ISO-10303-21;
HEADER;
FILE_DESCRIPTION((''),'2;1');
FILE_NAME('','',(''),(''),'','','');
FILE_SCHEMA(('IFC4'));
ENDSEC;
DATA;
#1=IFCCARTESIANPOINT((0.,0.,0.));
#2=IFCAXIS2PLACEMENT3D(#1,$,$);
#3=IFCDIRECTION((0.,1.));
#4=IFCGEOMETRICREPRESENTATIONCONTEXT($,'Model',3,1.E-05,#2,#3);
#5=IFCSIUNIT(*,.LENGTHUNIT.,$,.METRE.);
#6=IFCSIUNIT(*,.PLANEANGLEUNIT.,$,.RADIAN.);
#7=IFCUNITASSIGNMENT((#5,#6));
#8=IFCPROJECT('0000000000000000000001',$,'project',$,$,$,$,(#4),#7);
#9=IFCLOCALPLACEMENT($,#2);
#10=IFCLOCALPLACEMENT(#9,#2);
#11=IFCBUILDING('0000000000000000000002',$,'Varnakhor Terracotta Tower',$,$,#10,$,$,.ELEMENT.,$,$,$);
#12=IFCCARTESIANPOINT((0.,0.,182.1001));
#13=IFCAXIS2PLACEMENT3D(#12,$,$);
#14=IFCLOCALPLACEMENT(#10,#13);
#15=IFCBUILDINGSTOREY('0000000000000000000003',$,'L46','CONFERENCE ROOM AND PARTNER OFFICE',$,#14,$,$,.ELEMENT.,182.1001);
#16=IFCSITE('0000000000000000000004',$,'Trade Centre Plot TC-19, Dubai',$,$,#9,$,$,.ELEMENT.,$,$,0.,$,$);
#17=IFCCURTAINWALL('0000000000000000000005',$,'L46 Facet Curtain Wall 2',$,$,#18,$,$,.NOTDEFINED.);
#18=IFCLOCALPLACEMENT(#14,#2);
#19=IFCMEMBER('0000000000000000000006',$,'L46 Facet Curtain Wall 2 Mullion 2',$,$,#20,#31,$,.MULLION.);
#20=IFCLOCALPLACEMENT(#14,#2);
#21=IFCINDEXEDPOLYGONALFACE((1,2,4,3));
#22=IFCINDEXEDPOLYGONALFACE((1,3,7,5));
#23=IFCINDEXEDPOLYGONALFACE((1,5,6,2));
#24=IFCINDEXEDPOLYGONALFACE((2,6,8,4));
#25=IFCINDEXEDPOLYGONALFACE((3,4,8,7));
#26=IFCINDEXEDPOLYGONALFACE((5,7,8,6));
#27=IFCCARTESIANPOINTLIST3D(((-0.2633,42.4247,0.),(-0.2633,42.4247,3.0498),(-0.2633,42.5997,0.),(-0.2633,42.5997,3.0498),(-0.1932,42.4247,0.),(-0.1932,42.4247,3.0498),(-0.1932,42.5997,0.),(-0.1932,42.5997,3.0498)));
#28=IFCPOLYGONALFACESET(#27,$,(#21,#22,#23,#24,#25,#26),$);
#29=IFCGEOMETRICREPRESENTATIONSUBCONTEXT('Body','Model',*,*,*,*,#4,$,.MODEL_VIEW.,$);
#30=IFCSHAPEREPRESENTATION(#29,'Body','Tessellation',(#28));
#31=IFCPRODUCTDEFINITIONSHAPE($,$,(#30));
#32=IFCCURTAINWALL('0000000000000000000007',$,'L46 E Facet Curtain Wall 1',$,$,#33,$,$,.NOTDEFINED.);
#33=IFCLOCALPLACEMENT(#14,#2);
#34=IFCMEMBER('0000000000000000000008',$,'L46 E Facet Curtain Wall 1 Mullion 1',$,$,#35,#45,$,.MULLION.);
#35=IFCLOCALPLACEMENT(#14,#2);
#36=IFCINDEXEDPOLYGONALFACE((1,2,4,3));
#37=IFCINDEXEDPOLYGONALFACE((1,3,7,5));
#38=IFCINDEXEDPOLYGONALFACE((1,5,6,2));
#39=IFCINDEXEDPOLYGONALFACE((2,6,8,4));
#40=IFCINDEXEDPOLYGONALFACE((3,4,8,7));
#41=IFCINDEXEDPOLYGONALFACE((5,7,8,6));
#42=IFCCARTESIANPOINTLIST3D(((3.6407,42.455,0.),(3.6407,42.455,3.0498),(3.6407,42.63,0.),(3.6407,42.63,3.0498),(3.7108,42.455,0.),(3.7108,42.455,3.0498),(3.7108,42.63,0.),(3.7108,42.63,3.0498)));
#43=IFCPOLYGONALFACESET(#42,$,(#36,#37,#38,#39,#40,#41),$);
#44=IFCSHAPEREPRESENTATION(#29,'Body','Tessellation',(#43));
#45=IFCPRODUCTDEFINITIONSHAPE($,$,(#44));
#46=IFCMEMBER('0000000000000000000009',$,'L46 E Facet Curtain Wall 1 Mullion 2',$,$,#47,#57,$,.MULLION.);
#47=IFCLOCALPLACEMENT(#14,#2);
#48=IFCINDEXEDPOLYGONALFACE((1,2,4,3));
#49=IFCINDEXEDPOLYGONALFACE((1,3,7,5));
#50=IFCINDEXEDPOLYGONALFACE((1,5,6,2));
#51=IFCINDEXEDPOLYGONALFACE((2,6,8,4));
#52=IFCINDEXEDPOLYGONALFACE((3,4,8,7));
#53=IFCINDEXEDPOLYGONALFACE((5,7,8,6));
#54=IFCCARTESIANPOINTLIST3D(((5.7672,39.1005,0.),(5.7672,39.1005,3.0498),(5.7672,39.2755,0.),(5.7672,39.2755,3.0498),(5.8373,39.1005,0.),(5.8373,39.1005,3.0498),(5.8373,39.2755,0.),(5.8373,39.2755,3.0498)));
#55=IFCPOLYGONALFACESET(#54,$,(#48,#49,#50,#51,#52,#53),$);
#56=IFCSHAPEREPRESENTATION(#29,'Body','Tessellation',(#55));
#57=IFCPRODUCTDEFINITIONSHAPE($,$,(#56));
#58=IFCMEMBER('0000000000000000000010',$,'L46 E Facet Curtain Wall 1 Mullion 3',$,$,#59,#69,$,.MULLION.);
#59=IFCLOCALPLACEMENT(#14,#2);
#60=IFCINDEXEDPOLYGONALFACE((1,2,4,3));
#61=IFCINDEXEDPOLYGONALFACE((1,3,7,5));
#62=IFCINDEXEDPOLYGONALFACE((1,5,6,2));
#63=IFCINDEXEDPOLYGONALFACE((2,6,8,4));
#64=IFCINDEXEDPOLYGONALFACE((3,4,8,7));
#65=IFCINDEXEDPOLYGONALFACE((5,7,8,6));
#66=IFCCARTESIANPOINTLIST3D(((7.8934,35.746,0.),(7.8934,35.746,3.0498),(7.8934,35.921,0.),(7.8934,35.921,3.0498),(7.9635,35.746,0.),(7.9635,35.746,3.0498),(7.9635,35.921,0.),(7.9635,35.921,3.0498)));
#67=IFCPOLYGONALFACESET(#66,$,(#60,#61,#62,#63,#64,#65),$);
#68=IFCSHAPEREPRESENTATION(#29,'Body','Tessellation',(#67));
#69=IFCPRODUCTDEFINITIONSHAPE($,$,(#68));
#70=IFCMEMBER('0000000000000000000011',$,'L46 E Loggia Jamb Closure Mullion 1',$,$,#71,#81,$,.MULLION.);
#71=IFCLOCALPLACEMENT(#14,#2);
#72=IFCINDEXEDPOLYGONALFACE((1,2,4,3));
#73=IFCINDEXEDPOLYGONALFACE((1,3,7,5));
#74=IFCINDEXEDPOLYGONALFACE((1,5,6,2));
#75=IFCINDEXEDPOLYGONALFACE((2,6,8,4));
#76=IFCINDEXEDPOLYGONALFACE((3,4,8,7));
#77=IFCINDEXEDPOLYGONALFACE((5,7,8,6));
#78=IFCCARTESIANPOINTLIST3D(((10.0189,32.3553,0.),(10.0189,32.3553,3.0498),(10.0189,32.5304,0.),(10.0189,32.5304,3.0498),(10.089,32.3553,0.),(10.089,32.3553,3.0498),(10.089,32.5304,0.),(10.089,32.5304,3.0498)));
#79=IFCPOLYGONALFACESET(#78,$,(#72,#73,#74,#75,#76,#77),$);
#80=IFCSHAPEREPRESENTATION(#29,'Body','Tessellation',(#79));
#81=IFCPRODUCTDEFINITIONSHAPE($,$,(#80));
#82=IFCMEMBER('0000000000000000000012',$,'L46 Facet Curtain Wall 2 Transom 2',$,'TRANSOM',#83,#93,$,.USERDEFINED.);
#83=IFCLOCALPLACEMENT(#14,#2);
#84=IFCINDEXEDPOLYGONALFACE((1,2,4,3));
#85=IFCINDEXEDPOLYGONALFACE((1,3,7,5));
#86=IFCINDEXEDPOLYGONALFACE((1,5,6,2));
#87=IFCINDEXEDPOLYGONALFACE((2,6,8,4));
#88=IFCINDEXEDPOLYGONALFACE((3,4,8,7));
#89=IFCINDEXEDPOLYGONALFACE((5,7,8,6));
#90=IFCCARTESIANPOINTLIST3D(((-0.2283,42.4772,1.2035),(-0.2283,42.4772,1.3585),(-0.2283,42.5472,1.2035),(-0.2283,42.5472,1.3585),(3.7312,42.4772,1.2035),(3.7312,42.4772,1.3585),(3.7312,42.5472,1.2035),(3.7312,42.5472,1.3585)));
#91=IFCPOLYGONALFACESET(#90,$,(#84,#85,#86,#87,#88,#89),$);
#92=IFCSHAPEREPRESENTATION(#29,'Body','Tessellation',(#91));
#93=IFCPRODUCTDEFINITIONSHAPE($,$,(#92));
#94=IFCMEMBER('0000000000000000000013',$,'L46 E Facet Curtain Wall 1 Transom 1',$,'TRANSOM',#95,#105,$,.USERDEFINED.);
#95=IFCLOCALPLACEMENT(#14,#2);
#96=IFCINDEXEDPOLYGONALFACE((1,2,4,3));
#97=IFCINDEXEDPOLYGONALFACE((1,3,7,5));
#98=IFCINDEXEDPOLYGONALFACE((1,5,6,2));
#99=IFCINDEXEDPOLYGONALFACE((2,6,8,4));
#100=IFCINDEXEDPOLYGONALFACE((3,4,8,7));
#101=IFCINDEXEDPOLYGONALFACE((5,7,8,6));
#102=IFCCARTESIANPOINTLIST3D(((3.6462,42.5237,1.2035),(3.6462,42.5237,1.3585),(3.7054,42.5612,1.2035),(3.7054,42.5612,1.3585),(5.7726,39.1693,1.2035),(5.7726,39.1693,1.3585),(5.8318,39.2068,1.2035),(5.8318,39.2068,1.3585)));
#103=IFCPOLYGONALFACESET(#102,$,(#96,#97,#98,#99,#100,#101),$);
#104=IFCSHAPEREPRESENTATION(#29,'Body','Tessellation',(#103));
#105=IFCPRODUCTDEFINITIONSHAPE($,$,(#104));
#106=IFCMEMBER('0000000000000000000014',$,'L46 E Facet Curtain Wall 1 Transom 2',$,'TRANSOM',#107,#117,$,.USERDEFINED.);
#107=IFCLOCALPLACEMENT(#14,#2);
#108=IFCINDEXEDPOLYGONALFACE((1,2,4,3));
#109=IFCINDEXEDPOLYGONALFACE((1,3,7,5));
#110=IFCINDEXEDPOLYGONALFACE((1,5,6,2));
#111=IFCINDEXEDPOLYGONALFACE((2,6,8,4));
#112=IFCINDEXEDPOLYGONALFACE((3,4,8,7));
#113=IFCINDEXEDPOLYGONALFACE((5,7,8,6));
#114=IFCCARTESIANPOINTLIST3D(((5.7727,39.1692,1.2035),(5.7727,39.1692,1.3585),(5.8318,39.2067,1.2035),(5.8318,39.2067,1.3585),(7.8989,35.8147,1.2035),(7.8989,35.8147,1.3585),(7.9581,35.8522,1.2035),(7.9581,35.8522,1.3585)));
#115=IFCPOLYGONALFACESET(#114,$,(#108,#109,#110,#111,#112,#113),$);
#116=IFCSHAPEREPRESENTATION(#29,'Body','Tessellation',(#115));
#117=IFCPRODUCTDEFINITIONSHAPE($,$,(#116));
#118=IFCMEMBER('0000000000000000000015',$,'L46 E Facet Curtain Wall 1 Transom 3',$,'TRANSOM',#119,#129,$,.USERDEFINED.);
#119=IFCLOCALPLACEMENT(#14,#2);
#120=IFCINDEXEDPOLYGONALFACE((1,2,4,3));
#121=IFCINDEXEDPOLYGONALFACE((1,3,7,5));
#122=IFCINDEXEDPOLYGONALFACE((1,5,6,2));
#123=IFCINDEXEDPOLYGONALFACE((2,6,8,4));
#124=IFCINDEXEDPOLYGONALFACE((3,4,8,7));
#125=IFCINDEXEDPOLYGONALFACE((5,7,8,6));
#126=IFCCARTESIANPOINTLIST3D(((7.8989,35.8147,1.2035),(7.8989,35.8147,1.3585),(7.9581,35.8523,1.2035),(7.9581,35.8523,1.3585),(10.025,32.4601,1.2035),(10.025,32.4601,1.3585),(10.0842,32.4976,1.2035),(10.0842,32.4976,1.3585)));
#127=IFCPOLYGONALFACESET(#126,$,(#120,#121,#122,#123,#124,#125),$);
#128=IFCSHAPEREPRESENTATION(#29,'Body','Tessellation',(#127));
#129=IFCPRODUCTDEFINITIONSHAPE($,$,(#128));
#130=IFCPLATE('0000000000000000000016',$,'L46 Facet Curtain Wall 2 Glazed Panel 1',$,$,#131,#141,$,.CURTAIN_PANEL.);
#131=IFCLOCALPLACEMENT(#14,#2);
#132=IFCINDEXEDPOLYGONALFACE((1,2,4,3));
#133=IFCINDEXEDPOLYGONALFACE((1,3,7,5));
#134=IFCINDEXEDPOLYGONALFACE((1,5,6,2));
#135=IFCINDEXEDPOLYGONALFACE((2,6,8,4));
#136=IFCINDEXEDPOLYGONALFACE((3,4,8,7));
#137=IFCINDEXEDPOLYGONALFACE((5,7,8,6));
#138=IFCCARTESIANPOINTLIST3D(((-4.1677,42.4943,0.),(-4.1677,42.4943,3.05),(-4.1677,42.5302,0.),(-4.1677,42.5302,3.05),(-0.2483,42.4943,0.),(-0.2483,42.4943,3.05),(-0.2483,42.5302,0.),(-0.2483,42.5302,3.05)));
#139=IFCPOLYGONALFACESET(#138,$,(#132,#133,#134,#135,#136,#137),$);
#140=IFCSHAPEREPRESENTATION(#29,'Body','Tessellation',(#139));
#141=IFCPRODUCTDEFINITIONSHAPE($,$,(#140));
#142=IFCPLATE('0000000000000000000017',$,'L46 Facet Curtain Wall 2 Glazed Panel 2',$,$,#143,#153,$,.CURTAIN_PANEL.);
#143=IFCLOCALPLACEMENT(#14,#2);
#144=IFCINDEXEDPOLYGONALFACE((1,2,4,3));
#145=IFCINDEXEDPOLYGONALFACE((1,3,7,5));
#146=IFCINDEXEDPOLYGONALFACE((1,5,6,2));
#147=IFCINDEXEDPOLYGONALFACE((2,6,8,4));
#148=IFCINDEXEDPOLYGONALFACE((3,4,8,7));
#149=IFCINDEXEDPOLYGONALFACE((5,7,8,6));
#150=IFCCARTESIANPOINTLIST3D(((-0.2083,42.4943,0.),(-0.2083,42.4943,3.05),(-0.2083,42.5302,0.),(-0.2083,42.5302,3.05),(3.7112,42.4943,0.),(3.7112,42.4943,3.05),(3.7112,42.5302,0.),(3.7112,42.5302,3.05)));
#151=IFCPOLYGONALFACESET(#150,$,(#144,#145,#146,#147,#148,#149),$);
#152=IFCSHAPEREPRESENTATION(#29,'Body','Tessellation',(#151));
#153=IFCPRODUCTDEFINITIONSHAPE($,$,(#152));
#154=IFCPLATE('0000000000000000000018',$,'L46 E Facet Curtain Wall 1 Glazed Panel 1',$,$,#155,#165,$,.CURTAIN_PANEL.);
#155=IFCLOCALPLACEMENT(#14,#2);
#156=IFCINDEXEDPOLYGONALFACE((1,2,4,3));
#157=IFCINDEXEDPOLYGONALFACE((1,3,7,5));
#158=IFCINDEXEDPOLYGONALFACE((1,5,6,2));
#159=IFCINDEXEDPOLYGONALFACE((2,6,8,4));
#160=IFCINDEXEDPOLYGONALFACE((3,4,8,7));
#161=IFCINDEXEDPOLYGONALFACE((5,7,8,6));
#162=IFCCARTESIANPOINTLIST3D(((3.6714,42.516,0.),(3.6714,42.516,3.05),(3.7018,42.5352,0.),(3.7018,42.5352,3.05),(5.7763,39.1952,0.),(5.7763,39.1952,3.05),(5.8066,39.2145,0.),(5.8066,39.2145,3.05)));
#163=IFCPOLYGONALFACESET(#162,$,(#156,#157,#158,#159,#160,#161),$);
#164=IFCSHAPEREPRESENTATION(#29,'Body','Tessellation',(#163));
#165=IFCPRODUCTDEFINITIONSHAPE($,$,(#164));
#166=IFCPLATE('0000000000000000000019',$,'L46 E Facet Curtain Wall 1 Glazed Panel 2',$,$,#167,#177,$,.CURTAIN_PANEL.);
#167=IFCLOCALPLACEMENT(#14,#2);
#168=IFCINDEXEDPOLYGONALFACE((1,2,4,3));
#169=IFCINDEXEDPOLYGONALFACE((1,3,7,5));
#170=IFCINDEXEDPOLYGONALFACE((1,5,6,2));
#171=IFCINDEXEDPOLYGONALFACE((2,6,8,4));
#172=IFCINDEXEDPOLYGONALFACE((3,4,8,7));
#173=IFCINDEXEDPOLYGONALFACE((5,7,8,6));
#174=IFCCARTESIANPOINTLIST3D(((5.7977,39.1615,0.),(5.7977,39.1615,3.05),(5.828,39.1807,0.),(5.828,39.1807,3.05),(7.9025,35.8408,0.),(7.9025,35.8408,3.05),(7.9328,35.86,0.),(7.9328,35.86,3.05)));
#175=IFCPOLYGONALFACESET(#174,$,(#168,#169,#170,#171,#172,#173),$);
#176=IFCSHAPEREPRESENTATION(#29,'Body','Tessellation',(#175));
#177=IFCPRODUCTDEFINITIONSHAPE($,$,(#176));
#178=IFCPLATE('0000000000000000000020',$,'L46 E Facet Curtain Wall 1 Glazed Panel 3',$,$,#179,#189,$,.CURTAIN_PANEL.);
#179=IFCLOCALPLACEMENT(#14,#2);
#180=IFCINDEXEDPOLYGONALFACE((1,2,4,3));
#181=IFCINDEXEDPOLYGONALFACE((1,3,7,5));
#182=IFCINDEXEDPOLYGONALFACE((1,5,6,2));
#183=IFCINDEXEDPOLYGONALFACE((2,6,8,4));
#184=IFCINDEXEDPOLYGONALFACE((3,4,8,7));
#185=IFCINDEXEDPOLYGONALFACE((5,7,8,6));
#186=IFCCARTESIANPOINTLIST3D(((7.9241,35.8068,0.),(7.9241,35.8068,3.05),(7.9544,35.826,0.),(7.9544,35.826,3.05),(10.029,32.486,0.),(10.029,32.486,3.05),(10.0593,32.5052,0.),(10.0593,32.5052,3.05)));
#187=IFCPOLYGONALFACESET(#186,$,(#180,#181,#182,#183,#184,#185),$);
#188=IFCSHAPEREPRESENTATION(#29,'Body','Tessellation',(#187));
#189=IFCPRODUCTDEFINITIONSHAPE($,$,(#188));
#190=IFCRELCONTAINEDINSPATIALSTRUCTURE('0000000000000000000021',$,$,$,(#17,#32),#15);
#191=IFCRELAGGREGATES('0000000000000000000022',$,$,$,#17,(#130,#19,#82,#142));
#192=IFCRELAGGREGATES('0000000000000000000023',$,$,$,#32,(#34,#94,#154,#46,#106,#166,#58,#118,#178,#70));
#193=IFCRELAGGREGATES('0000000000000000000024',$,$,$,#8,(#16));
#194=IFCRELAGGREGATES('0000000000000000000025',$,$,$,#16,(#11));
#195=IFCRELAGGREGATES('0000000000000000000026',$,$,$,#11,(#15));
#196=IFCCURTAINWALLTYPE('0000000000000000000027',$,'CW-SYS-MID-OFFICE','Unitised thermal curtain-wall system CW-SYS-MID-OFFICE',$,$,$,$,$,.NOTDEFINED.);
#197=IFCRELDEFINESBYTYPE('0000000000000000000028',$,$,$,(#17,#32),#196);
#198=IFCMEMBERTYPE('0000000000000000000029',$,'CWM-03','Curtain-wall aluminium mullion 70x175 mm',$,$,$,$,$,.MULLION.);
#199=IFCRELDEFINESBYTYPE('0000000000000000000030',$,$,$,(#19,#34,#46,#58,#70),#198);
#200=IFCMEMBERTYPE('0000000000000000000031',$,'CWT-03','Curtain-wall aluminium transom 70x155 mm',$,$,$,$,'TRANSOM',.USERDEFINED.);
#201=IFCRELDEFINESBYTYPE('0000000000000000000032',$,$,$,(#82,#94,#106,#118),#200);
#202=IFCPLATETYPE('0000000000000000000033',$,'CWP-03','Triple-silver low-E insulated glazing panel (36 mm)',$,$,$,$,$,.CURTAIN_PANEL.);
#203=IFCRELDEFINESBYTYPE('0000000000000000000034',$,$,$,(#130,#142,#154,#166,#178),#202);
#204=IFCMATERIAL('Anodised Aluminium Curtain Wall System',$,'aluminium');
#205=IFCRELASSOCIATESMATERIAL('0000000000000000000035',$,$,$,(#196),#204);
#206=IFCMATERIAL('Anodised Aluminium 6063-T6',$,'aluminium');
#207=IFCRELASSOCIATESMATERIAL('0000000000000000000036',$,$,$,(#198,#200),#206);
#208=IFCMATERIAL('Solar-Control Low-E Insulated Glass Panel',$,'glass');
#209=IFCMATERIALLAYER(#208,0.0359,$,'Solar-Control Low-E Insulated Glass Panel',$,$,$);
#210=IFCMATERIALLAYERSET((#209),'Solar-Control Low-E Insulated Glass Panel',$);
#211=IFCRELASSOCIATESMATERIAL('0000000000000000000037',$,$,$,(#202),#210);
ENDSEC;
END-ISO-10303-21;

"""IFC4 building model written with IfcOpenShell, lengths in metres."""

from ifc_helpers import new_model, si_unit, direction, frame, origin, origin_2d, place, context, subcontext, project, spatial, rectangle, extrude, source, transform, mapped, material, layer, layer_set, material_profile, profile_set, type_object, type_shapes, element, aggregate, save


model = new_model("IFC4")

# Units and contexts
model_context = context("Model", 3, precision=1e-05, world=origin(), true_north=direction((0.0, 1.0)))
body_context = subcontext(model_context, "Body", "Model", "MODEL_VIEW")
ifc_project = project(units=[si_unit("LENGTHUNIT", "METRE"), si_unit("PLANEANGLEUNIT", "RADIAN")], contexts=[model_context])

# Site, building, storey
site_placement = place(None, origin())
site = spatial("IfcSite", under=ifc_project, at=site_placement, Name="Trade Centre Plot TC-19, Dubai", CompositionType="ELEMENT", RefElevation=0.0)
building_placement = place(site_placement, origin())
building = spatial("IfcBuilding", under=site, at=building_placement, Name="Varnakhor Terracotta Tower", CompositionType="ELEMENT")
storey_placement = place(building_placement, frame((0.0, 0.0, 182.1001)))
storey = spatial("IfcBuildingStorey", under=building, at=storey_placement, Name="L46", Description="CONFERENCE ROOM AND PARTNER OFFICE", CompositionType="ELEMENT", Elevation=182.1001)

# Curtain wall, member
ifc_material_1 = material(Name="Anodised Aluminium Curtain Wall System", Category="aluminium")
curtain_wall_type = type_object("IfcCurtainWallType", Name="CW-SYS-MID-OFFICE", Description="Unitised thermal curtain-wall system CW-SYS-MID-OFFICE", PredefinedType="NOTDEFINED", material=ifc_material_1)
curtain_wall_1_placement = place(storey_placement, origin())
curtain_wall_1 = element("IfcCurtainWall", 1, at=curtain_wall_1_placement, inside=storey, type_object=curtain_wall_type, Name="L46 Facet Curtain Wall 2", PredefinedType="NOTDEFINED")
ifc_material_2 = material(Name="Anodised Aluminium 6063-T6", Category="aluminium")
ifc_material_profile_1 = material_profile(ifc_material_2, rectangle(XDim=0.0701, YDim=0.175, at=origin_2d()), Name="ALU MULLION 70x175")
ifc_profile_set_1 = profile_set([ifc_material_profile_1], Name="Anodised Aluminium 6063-T6")
member_type_1 = type_object("IfcMemberType", Name="CWM-03", Description="Curtain-wall aluminium mullion 70x175 mm", PredefinedType="MULLION", material=ifc_profile_set_1)
shared_shape_1 = source(origin(), body_context, "Body", "SweptSolid", [
    extrude(rectangle(XDim=0.0701, YDim=0.175, at=origin_2d()), origin(), (0.0, 0.0, 1.0), 3.0498),
])
type_shapes(member_type_1, [shared_shape_1])
member_1_placement = place(storey_placement, frame((-0.2283, 42.5122, 0.0), z_axis=(0.0, 0.0, 1.0), x_axis=(1.0, 0.0, 0.0)))
member_1 = element("IfcMember", 2, at=member_1_placement, type_object=member_type_1, Name="L46 Facet Curtain Wall 2 Mullion 2", PredefinedType="MULLION", context=body_context, shape_type="MappedRepresentation", body=[
    mapped(shared_shape_1, transform((0.0, 0.0, 0.0), scale=1.0)),
])

# Curtain wall, members
curtain_wall_2_placement = place(storey_placement, origin())
curtain_wall_2 = element("IfcCurtainWall", 3, at=curtain_wall_2_placement, inside=storey, type_object=curtain_wall_type, Name="L46 E Facet Curtain Wall 1", PredefinedType="NOTDEFINED")
member_2_placement = place(storey_placement, frame((3.6758, 42.5425, 0.0), z_axis=(0.0, 0.0, 1.0), x_axis=(1.0, 0.0, 0.0)))
member_2 = element("IfcMember", 4, at=member_2_placement, type_object=member_type_1, Name="L46 E Facet Curtain Wall 1 Mullion 1", PredefinedType="MULLION", context=body_context, shape_type="MappedRepresentation", body=[
    mapped(shared_shape_1, transform((0.0, 0.0, 0.0), scale=1.0)),
])
member_3_placement = place(storey_placement, frame((5.8022, 39.188, 0.0), z_axis=(0.0, 0.0, 1.0), x_axis=(1.0, 0.0, 0.0)))
member_3 = element("IfcMember", 5, at=member_3_placement, type_object=member_type_1, Name="L46 E Facet Curtain Wall 1 Mullion 2", PredefinedType="MULLION", context=body_context, shape_type="MappedRepresentation", body=[
    mapped(shared_shape_1, transform((0.0, 0.0, 0.0), scale=1.0)),
])
member_4_placement = place(storey_placement, frame((7.9285, 35.8335, 0.0), z_axis=(0.0, 0.0, 1.0), x_axis=(1.0, 0.0, 0.0)))
member_4 = element("IfcMember", 6, at=member_4_placement, type_object=member_type_1, Name="L46 E Facet Curtain Wall 1 Mullion 3", PredefinedType="MULLION", context=body_context, shape_type="MappedRepresentation", body=[
    mapped(shared_shape_1, transform((0.0, 0.0, 0.0), scale=1.0)),
])
member_5_placement = place(storey_placement, frame((10.054, 32.4429, 0.0), z_axis=(0.0, 0.0, 1.0), x_axis=(1.0, 0.0, 0.0)))
member_5 = element("IfcMember", 7, at=member_5_placement, type_object=member_type_1, Name="L46 E Loggia Jamb Closure Mullion 1", PredefinedType="MULLION", context=body_context, shape_type="MappedRepresentation", body=[
    mapped(shared_shape_1, transform((0.0, 0.0, 0.0), scale=1.0)),
])

# Members
ifc_material_profile_2 = material_profile(ifc_material_2, rectangle(XDim=0.0701, YDim=0.155, at=origin_2d()), Name="ALU TRANSOM 70x155")
ifc_profile_set_2 = profile_set([ifc_material_profile_2], Name="Anodised Aluminium 6063-T6")
member_type_2 = type_object("IfcMemberType", Name="CWT-03", Description="Curtain-wall aluminium transom 70x155 mm", ElementType="TRANSOM", PredefinedType="USERDEFINED", material=ifc_profile_set_2)
shared_shape_2 = source(origin(), body_context, "Body", "SweptSolid", [
    extrude(rectangle(XDim=0.0701, YDim=0.155, at=origin_2d()), origin(), (0.0, 0.0, 1.0), 3.9595),
])
member_6_placement = place(storey_placement, frame((-0.2283, 42.5122, 1.281), z_axis=(1.0, 0.0, 0.0), x_axis=(0.0, 1.0, 0.0)))
member_6 = element("IfcMember", 8, at=member_6_placement, type_object=member_type_2, Name="L46 Facet Curtain Wall 2 Transom 2", ObjectType="TRANSOM", PredefinedType="USERDEFINED", context=body_context, shape_type="MappedRepresentation", body=[
    mapped(shared_shape_2, transform((0.0, 0.0, 0.0), scale=1.0)),
])
shared_shape_3 = source(origin(), body_context, "Body", "SweptSolid", [
    extrude(rectangle(XDim=0.0701, YDim=0.155, at=origin_2d()), origin(), (0.0, 0.0, 1.0), 3.9717),
])
member_7_placement = place(storey_placement, frame((3.6758, 42.5425, 1.281), z_axis=(0.535403, -0.844597, 0.0), x_axis=(0.844597, 0.535403, 0.0)))
member_7 = element("IfcMember", 9, at=member_7_placement, type_object=member_type_2, Name="L46 E Facet Curtain Wall 1 Transom 1", ObjectType="TRANSOM", PredefinedType="USERDEFINED", context=body_context, shape_type="MappedRepresentation", body=[
    mapped(shared_shape_3, transform((0.0, 0.0, 0.0), scale=1.0)),
])
member_8_placement = place(storey_placement, frame((5.8022, 39.188, 1.281), z_axis=(0.535359, -0.844625, 0.0), x_axis=(0.844625, 0.535359, 0.0)))
member_8 = element("IfcMember", 10, at=member_8_placement, type_object=member_type_2, Name="L46 E Facet Curtain Wall 1 Transom 2", ObjectType="TRANSOM", PredefinedType="USERDEFINED", context=body_context, shape_type="MappedRepresentation", body=[
    mapped(shared_shape_3, transform((0.0, 0.0, 0.0), scale=1.0)),
])
member_9_placement = place(storey_placement, frame((7.9285, 35.8335, 1.281), z_axis=(0.535331, -0.844642, 0.0), x_axis=(0.844642, 0.535331, 0.0)))
member_9 = element("IfcMember", 11, at=member_9_placement, type_object=member_type_2, Name="L46 E Facet Curtain Wall 1 Transom 3", ObjectType="TRANSOM", PredefinedType="USERDEFINED", context=body_context, shape_type="MappedRepresentation", body=[
    mapped(shared_shape_3, transform((0.0, 0.0, 0.0), scale=1.0)),
])

# Plates
ifc_material_3 = material(Name="Solar-Control Low-E Insulated Glass Panel", Category="glass")
ifc_layer_1 = layer(ifc_material_3, 0.0359, Name="Solar-Control Low-E Insulated Glass Panel")
ifc_layer_set_1 = layer_set([ifc_layer_1], Name="Solar-Control Low-E Insulated Glass Panel")
plate_type = type_object("IfcPlateType", Name="CWP-03", Description="Triple-silver low-E insulated glazing panel (36 mm)", PredefinedType="CURTAIN_PANEL", material=ifc_layer_set_1)
shared_shape_4 = source(origin(), body_context, "Body", "SweptSolid", [
    extrude(rectangle(XDim=3.9194, YDim=0.0359, at=origin_2d()), origin(), (0.0, 0.0, 1.0), 3.05),
])
plate_1_placement = place(storey_placement, frame((-2.208, 42.5122, 0.0), z_axis=(0.0, 0.0, 1.0), x_axis=(1.0, 0.0, 0.0)))
plate_1 = element("IfcPlate", 12, at=plate_1_placement, type_object=plate_type, Name="L46 Facet Curtain Wall 2 Glazed Panel 1", PredefinedType="CURTAIN_PANEL", context=body_context, shape_type="MappedRepresentation", body=[
    mapped(shared_shape_4, transform((0.0, 0.0, 0.0), scale=1.0)),
])
plate_2_placement = place(storey_placement, frame((1.7515, 42.5122, 0.0), z_axis=(0.0, 0.0, 1.0), x_axis=(1.0, 0.0, 0.0)))
plate_2 = element("IfcPlate", 13, at=plate_2_placement, type_object=plate_type, Name="L46 Facet Curtain Wall 2 Glazed Panel 2", PredefinedType="CURTAIN_PANEL", context=body_context, shape_type="MappedRepresentation", body=[
    mapped(shared_shape_4, transform((0.0, 0.0, 0.0), scale=1.0)),
])
aggregate(curtain_wall_1, [plate_1, member_1, member_6, plate_2])
shared_shape_5 = source(origin(), body_context, "Body", "SweptSolid", [
    extrude(rectangle(XDim=3.9316, YDim=0.0359, at=origin_2d()), origin(), (0.0, 0.0, 1.0), 3.05),
])
plate_3_placement = place(storey_placement, frame((4.739, 40.8652, 0.0), z_axis=(0.0, 0.0, 1.0), x_axis=(0.535355, -0.844627, 0.0)))
plate_3 = element("IfcPlate", 14, at=plate_3_placement, type_object=plate_type, Name="L46 E Facet Curtain Wall 1 Glazed Panel 1", PredefinedType="CURTAIN_PANEL", context=body_context, shape_type="MappedRepresentation", body=[
    mapped(shared_shape_5, transform((0.0, 0.0, 0.0), scale=1.0)),
])
plate_4_placement = place(storey_placement, frame((6.8652, 37.5107, 0.0), z_axis=(0.0, 0.0, 1.0), x_axis=(0.535355, -0.844627, 0.0)))
plate_4 = element("IfcPlate", 15, at=plate_4_placement, type_object=plate_type, Name="L46 E Facet Curtain Wall 1 Glazed Panel 2", PredefinedType="CURTAIN_PANEL", context=body_context, shape_type="MappedRepresentation", body=[
    mapped(shared_shape_5, transform((0.0, 0.0, 0.0), scale=1.0)),
])
plate_5_placement = place(storey_placement, frame((8.9917, 34.156, 0.0), z_axis=(0.0, 0.0, 1.0), x_axis=(0.535355, -0.844627, 0.0)))
plate_5 = element("IfcPlate", 16, at=plate_5_placement, type_object=plate_type, Name="L46 E Facet Curtain Wall 1 Glazed Panel 3", PredefinedType="CURTAIN_PANEL", context=body_context, shape_type="MappedRepresentation", body=[
    mapped(shared_shape_5, transform((0.0, 0.0, 0.0), scale=1.0)),
])
aggregate(curtain_wall_2, [member_2, member_7, plate_3, member_3, member_8, plate_4, member_4, member_9, plate_5, member_5])

save(model, "model.ifc")
